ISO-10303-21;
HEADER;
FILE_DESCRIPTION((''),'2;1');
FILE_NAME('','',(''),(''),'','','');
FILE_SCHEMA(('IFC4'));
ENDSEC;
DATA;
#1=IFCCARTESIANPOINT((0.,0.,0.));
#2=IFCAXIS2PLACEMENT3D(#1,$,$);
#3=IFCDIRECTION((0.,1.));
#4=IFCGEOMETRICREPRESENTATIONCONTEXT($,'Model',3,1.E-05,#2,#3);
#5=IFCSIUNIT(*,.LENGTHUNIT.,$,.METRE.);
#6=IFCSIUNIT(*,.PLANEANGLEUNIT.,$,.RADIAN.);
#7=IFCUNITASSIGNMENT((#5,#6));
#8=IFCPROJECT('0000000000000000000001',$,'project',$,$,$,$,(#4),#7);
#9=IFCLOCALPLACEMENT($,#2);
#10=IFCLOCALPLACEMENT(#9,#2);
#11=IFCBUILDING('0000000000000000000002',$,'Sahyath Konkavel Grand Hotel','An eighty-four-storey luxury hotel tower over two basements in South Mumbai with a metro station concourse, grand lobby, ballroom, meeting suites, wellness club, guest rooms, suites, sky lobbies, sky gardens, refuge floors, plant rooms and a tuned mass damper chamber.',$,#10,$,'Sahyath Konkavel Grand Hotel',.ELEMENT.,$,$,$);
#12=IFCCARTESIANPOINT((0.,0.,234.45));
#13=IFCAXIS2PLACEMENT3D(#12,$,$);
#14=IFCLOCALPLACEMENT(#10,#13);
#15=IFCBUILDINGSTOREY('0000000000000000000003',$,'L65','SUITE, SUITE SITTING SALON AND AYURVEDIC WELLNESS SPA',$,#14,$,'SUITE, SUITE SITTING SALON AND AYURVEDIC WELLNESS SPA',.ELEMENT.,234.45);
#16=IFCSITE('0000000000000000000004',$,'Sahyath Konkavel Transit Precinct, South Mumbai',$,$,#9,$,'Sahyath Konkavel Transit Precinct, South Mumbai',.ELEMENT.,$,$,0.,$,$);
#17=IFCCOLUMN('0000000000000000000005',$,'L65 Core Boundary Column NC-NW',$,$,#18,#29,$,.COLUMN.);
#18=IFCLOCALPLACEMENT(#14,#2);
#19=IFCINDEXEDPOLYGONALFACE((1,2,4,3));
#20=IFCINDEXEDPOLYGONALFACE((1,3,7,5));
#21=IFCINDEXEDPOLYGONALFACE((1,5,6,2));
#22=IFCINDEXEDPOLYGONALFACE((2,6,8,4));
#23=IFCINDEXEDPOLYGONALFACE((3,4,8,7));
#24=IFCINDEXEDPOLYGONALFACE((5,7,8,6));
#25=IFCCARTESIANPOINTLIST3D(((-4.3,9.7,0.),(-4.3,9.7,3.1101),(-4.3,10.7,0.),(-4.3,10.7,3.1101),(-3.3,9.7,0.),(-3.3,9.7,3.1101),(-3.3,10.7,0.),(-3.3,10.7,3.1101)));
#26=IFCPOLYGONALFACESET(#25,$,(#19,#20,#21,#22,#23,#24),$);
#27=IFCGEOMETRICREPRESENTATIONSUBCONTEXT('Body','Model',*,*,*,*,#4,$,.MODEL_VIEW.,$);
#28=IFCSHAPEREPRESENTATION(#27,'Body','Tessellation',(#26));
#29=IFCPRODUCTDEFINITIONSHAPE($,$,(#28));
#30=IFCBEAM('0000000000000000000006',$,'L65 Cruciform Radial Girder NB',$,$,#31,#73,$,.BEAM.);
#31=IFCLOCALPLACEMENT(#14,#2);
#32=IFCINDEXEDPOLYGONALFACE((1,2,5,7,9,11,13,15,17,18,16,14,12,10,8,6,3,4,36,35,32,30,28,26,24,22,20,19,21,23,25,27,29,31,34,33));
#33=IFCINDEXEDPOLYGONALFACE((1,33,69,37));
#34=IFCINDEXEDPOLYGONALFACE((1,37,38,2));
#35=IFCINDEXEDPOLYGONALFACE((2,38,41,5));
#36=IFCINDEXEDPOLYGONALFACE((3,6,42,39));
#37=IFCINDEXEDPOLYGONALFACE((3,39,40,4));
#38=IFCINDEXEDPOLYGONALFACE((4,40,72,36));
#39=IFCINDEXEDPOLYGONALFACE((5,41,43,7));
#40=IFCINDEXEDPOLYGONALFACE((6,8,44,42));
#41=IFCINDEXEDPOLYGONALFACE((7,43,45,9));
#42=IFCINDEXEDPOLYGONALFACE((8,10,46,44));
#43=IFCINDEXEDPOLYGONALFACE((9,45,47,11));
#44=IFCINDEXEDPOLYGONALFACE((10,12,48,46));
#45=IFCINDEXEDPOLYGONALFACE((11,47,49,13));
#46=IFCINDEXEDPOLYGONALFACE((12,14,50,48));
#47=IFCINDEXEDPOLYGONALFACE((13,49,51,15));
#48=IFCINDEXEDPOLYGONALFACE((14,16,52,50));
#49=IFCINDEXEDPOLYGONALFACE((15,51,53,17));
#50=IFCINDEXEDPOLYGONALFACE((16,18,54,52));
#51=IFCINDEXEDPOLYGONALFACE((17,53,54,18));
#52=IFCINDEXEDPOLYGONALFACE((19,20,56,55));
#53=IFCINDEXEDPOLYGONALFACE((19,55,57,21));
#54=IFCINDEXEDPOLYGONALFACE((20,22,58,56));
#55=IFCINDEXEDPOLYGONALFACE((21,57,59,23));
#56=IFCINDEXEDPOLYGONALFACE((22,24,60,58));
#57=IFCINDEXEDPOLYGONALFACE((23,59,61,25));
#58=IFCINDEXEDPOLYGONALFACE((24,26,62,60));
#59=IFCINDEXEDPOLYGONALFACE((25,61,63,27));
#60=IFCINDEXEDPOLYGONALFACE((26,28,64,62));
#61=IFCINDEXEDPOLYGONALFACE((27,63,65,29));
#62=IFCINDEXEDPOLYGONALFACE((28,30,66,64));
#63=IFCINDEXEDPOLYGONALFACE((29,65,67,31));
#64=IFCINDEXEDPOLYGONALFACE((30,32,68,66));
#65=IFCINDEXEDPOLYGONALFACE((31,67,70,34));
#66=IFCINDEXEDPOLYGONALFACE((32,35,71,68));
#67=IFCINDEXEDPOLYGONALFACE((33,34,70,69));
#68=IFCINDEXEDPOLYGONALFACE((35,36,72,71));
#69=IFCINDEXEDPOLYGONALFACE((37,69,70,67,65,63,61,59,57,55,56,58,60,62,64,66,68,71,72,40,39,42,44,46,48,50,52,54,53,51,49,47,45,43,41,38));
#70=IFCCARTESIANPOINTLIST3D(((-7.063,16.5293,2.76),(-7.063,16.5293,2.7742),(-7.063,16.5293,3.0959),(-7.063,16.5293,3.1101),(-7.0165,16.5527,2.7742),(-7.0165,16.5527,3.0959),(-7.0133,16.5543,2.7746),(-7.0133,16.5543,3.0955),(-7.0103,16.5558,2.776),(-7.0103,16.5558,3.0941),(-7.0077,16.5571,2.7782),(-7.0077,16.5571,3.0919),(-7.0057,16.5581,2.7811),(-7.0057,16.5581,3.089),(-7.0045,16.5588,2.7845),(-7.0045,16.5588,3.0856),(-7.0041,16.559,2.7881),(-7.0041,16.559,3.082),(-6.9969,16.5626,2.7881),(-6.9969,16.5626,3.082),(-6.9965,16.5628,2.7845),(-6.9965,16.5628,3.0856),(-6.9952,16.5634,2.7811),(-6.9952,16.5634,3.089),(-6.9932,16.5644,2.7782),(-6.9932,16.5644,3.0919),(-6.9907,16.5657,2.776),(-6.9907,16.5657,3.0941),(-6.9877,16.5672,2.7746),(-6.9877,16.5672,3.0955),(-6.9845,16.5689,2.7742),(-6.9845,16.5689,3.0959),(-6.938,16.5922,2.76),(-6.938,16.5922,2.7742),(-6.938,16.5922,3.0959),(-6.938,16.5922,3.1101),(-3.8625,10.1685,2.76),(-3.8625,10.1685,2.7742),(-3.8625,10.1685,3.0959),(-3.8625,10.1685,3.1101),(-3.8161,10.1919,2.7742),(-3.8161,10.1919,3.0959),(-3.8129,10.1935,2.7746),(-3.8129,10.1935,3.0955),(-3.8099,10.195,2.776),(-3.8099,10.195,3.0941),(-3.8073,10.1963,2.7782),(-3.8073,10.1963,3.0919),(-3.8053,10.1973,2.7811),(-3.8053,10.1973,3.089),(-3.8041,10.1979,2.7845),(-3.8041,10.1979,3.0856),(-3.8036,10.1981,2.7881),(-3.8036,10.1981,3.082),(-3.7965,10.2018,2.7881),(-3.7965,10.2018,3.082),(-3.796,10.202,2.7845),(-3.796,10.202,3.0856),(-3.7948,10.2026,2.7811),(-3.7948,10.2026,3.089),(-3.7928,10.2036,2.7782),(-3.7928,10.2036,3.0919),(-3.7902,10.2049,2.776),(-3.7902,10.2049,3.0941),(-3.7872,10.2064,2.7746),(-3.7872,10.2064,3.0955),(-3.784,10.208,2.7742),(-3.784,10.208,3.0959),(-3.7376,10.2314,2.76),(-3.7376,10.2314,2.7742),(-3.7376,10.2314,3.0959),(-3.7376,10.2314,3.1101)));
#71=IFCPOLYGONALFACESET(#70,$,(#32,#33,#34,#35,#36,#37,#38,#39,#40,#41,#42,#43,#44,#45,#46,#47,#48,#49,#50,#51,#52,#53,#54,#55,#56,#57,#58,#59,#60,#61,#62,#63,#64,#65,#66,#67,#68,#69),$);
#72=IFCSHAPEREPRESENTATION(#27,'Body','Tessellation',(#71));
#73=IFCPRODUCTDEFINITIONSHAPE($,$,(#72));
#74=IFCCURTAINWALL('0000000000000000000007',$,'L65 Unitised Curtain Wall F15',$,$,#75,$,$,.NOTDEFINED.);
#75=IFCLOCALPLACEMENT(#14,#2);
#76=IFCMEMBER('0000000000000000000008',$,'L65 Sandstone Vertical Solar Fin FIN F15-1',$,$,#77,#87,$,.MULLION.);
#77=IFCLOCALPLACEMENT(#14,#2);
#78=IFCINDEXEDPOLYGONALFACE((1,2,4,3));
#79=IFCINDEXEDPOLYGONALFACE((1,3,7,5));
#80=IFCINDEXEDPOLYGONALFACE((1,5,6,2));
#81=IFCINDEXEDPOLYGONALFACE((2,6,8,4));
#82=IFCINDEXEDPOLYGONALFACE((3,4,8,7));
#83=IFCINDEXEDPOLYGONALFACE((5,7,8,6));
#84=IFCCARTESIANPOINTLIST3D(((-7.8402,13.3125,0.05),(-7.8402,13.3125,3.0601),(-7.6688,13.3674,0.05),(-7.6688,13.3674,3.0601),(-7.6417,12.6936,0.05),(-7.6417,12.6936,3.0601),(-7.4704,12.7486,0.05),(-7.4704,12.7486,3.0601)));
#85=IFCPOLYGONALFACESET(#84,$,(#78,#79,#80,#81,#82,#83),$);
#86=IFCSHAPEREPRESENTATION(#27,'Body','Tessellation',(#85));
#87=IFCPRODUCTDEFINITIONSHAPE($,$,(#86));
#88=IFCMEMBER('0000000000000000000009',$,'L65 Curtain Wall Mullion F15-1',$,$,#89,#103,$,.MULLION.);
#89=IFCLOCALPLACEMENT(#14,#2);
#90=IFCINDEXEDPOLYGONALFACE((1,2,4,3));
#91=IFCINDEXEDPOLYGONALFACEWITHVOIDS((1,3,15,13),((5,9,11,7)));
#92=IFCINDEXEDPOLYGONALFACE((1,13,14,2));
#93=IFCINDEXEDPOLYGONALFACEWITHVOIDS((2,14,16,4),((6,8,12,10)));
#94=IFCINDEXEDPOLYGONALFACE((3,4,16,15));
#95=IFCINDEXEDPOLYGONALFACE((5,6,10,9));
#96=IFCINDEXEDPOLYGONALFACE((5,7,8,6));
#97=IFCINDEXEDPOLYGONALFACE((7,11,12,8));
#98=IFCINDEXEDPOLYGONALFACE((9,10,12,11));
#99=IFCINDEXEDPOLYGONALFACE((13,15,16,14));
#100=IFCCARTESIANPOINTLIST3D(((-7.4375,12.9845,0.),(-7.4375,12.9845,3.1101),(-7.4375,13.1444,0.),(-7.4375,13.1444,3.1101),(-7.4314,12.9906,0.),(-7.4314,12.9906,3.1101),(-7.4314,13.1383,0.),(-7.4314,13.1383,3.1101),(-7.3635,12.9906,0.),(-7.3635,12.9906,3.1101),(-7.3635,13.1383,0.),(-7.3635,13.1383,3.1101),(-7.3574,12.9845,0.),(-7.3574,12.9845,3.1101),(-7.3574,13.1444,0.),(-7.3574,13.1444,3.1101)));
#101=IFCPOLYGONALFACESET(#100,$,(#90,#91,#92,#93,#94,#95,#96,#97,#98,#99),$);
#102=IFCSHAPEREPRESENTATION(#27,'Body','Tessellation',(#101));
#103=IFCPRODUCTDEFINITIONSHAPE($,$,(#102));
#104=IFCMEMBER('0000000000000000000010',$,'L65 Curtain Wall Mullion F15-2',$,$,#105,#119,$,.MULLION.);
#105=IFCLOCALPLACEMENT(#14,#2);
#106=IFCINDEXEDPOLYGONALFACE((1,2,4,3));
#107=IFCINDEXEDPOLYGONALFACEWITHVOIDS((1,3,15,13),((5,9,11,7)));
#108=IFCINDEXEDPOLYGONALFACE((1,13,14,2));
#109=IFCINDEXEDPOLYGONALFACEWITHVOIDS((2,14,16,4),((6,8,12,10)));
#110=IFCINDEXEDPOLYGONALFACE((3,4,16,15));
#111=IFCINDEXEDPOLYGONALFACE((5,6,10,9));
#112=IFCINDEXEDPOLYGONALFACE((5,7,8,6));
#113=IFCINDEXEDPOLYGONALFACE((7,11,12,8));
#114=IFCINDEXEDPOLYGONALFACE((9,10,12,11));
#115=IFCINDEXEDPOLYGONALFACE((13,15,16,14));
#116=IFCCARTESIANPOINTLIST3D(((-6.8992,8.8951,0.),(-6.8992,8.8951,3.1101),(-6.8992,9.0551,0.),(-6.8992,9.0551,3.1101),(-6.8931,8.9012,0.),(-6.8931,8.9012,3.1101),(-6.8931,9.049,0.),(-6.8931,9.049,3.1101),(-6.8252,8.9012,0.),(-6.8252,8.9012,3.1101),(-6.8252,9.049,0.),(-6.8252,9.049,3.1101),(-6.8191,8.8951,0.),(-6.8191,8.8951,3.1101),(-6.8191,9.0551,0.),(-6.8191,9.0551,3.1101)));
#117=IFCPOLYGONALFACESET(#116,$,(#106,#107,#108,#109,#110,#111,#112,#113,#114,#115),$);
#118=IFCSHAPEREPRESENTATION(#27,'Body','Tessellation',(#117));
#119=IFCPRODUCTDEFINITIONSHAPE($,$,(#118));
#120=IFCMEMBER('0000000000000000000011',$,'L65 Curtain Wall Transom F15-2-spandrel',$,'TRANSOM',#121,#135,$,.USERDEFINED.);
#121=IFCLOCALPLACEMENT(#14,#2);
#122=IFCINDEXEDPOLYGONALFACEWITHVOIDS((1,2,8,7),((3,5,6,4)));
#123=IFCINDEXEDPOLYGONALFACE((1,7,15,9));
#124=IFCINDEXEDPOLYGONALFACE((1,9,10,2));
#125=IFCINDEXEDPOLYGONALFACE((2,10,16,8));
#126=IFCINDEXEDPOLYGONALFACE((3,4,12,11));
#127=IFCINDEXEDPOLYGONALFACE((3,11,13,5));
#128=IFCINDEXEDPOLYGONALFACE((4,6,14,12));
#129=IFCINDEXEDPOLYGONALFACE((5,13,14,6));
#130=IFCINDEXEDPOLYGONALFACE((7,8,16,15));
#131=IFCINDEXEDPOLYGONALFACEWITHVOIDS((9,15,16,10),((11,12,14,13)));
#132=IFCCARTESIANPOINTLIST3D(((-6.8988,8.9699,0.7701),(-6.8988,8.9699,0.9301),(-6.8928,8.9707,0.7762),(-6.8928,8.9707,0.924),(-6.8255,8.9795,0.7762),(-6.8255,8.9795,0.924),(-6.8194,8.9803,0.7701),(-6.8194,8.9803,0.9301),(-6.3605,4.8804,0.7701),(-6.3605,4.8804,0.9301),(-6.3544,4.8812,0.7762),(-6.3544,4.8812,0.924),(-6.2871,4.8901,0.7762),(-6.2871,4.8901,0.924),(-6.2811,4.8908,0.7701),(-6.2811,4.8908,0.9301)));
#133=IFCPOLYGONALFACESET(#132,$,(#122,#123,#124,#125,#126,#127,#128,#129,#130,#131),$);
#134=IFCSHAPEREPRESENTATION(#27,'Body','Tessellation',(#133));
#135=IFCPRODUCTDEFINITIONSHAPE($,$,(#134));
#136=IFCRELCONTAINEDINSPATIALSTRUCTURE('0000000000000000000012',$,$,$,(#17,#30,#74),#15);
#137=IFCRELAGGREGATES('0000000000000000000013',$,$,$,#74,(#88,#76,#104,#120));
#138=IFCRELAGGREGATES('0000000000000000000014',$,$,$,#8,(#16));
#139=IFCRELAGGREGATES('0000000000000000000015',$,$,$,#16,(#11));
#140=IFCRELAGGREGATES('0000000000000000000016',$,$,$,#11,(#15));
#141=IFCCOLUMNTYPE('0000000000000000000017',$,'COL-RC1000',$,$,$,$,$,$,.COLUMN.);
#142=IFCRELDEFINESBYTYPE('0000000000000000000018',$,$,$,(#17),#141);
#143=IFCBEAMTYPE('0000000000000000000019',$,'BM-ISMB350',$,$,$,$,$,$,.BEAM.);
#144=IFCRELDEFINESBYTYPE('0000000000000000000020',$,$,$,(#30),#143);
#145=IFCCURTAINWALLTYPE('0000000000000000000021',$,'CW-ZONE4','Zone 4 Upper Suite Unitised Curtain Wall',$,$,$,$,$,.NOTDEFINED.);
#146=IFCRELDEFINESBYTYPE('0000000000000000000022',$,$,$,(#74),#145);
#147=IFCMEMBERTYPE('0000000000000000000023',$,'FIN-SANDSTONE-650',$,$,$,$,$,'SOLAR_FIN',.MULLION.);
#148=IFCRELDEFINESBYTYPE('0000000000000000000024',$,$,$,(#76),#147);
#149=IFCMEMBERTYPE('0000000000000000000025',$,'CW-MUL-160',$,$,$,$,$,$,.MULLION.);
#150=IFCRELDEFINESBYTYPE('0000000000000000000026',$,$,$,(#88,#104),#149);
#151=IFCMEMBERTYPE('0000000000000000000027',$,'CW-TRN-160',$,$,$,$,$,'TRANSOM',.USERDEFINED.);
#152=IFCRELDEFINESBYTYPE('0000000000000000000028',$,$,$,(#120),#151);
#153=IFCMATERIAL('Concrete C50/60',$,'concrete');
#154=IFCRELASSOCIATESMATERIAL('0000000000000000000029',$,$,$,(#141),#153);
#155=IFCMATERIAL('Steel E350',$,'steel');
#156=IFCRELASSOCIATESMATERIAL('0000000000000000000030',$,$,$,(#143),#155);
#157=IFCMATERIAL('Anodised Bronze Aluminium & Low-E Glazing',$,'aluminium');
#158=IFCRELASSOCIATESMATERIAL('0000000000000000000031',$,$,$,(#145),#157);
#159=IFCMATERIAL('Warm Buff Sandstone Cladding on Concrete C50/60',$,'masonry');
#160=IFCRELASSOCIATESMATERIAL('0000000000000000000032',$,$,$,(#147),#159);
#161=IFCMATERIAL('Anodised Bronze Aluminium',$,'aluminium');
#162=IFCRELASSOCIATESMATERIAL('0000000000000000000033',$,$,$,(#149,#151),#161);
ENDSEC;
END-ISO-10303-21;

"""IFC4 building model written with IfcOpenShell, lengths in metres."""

from ifc_helpers import new_model, si_unit, direction, frame, origin, origin_2d, place, context, subcontext, project, spatial, rectangle, hollow_rectangle, i_section, extrude, source, transform, mapped, material, material_profile, profile_set, type_object, element, aggregate, save


model = new_model("IFC4")

# Units and contexts
model_context = context("Model", 3, precision=1e-05, world=origin(), true_north=direction((0.0, 1.0)))
body_context = subcontext(model_context, "Body", "Model", "MODEL_VIEW")
ifc_project = project(units=[si_unit("LENGTHUNIT", "METRE"), si_unit("PLANEANGLEUNIT", "RADIAN")], contexts=[model_context])

# Site, building, storey
site_placement = place(None, origin())
site = spatial("IfcSite", under=ifc_project, at=site_placement, Name="Sahyath Konkavel Transit Precinct, South Mumbai", LongName="Sahyath Konkavel Transit Precinct, South Mumbai", CompositionType="ELEMENT", RefElevation=0.0)
building_placement = place(site_placement, origin())
building = spatial("IfcBuilding", under=site, at=building_placement, Name="Sahyath Konkavel Grand Hotel", Description="An eighty-four-storey luxury hotel tower over two basements in South Mumbai with a metro station concourse, grand lobby, ballroom, meeting suites, wellness club, guest rooms, suites, sky lobbies, sky gardens, refuge floors, plant rooms and a tuned mass damper chamber.", LongName="Sahyath Konkavel Grand Hotel", CompositionType="ELEMENT")
storey_placement = place(building_placement, frame((0.0, 0.0, 234.45)))
storey = spatial("IfcBuildingStorey", under=building, at=storey_placement, Name="L65", Description="SUITE, SUITE SITTING SALON AND AYURVEDIC WELLNESS SPA", LongName="SUITE, SUITE SITTING SALON AND AYURVEDIC WELLNESS SPA", CompositionType="ELEMENT", Elevation=234.45)

# Column
ifc_material_1 = material(Name="Concrete C50/60", Category="concrete")
ifc_material_profile_1 = material_profile(ifc_material_1, rectangle(XDim=1.0, YDim=1.0, at=origin_2d()), Name="RC 1000x1000")
ifc_profile_set_1 = profile_set([ifc_material_profile_1], Name="Concrete C50/60")
column_type = type_object("IfcColumnType", Name="COL-RC1000", PredefinedType="COLUMN", material=ifc_profile_set_1)
shared_shape_1 = source(origin(), body_context, "Body", "SweptSolid", [
    extrude(rectangle(XDim=1.0, YDim=1.0, at=origin_2d()), origin(), (0.0, 0.0, 1.0), 3.1101),
])
column_placement = place(storey_placement, frame((-3.8, 10.2, 0.0), z_axis=(0.0, 0.0, 1.0), x_axis=(1.0, 0.0, 0.0)))
element("IfcColumn", 1, at=column_placement, inside=storey, type_object=column_type, Name="L65 Core Boundary Column NC-NW", PredefinedType="COLUMN", context=body_context, shape_type="MappedRepresentation", body=[
    mapped(shared_shape_1, transform((0.0, 0.0, 0.0), scale=1.0)),
])

# Beam
ifc_material_2 = material(Name="Steel E350", Category="steel")
ifc_material_profile_2 = material_profile(ifc_material_2, i_section(OverallWidth=0.1399, OverallDepth=0.3501, WebThickness=0.0081, FlangeThickness=0.0142, FilletRadius=0.0139, at=origin_2d()), Name="ISMB 350")
ifc_profile_set_2 = profile_set([ifc_material_profile_2], Name="Steel E350")
beam_type_1 = type_object("IfcBeamType", Name="BM-ISMB350", PredefinedType="BEAM", material=ifc_profile_set_2)
shared_shape_2 = source(origin(), body_context, "Body", "SweptSolid", [
    extrude(i_section(OverallWidth=0.1399, OverallDepth=0.3501, WebThickness=0.0081, FlangeThickness=0.0142, FilletRadius=0.0139, at=origin_2d()), origin(), (0.0, 0.0, 1.0), 7.1206),
])
beam_1_placement = place(storey_placement, frame((-3.8, 10.2, 2.9351), z_axis=(-0.449461, 0.8933, 0.0), x_axis=(-0.8933, -0.449461, 0.0)))
element("IfcBeam", 2, at=beam_1_placement, inside=storey, type_object=beam_type_1, Name="L65 Cruciform Radial Girder NB", PredefinedType="BEAM", context=body_context, shape_type="MappedRepresentation", body=[
    mapped(shared_shape_2, transform((0.0, 0.0, 0.0), scale=1.0)),
])

# Curtain wall, members
ifc_material_3 = material(Name="Anodised Bronze Aluminium & Low-E Glazing", Category="aluminium")
curtain_wall_type = type_object("IfcCurtainWallType", Name="CW-ZONE4", Description="Zone 4 Upper Suite Unitised Curtain Wall", PredefinedType="NOTDEFINED", material=ifc_material_3)
curtain_wall_placement = place(storey_placement, origin())
curtain_wall = element("IfcCurtainWall", 3, at=curtain_wall_placement, inside=storey, type_object=curtain_wall_type, Name="L65 Unitised Curtain Wall F15", PredefinedType="NOTDEFINED")
ifc_material_4 = material(Name="Warm Buff Sandstone Cladding on Concrete C50/60", Category="masonry")
ifc_material_profile_3 = material_profile(ifc_material_4, rectangle(XDim=0.1799, YDim=0.6499, at=origin_2d()), Name="FIN 180x650")
ifc_profile_set_3 = profile_set([ifc_material_profile_3], Name="Warm Buff Sandstone Cladding on Concrete C50/60")
member_type_1 = type_object("IfcMemberType", Name="FIN-SANDSTONE-650", ElementType="SOLAR_FIN", PredefinedType="MULLION", material=ifc_profile_set_3)
shared_shape_3 = source(origin(), body_context, "Body", "SweptSolid", [
    extrude(rectangle(XDim=0.1799, YDim=0.6499, at=origin_2d()), origin(), (0.0, 0.0, 1.0), 3.01),
])
member_1_placement = place(storey_placement, frame((-7.6553, 13.0305, 0.05), z_axis=(0.0, 0.0, 1.0), x_axis=(0.952236, 0.305363, 0.0)))
member_1 = element("IfcMember", 4, at=member_1_placement, type_object=member_type_1, Name="L65 Sandstone Vertical Solar Fin FIN F15-1", PredefinedType="MULLION", context=body_context, shape_type="MappedRepresentation", body=[
    mapped(shared_shape_3, transform((0.0, 0.0, 0.0), scale=1.0)),
])
ifc_material_5 = material(Name="Anodised Bronze Aluminium", Category="aluminium")
ifc_material_profile_4 = material_profile(ifc_material_5, hollow_rectangle(XDim=0.0801, YDim=0.1599, WallThickness=0.0061, at=origin_2d()), Name="RHS 160x80x6")
ifc_profile_set_4 = profile_set([ifc_material_profile_4], Name="Anodised Bronze Aluminium")
member_type_2 = type_object("IfcMemberType", Name="CW-MUL-160", PredefinedType="MULLION", material=ifc_profile_set_4)
shared_shape_4 = source(origin(), body_context, "Body", "SweptSolid", [
    extrude(hollow_rectangle(XDim=0.0801, YDim=0.1599, WallThickness=0.0061, at=origin_2d()), origin(), (0.0, 0.0, 1.0), 3.1101),
])
member_2_placement = place(storey_placement, frame((-7.3975, 13.0645, 0.0), z_axis=(0.0, 0.0, 1.0), x_axis=(1.0, 0.0, 0.0)))
member_2 = element("IfcMember", 5, at=member_2_placement, type_object=member_type_2, Name="L65 Curtain Wall Mullion F15-1", PredefinedType="MULLION", context=body_context, shape_type="MappedRepresentation", body=[
    mapped(shared_shape_4, transform((0.0, 0.0, 0.0), scale=1.0)),
])
member_3_placement = place(storey_placement, frame((-6.8591, 8.9751, 0.0), z_axis=(0.0, 0.0, 1.0), x_axis=(1.0, 0.0, 0.0)))
member_3 = element("IfcMember", 6, at=member_3_placement, type_object=member_type_2, Name="L65 Curtain Wall Mullion F15-2", PredefinedType="MULLION", context=body_context, shape_type="MappedRepresentation", body=[
    mapped(shared_shape_4, transform((0.0, 0.0, 0.0), scale=1.0)),
])
ifc_material_profile_5 = material_profile(ifc_material_5, hollow_rectangle(XDim=0.0801, YDim=0.1599, WallThickness=0.0061, at=origin_2d()), Name="RHS 160x80x6")
ifc_profile_set_5 = profile_set([ifc_material_profile_5], Name="Anodised Bronze Aluminium")
member_type_3 = type_object("IfcMemberType", Name="CW-TRN-160", ElementType="TRANSOM", PredefinedType="USERDEFINED", material=ifc_profile_set_5)
shared_shape_5 = source(origin(), body_context, "Body", "SweptSolid", [
    extrude(hollow_rectangle(XDim=0.0801, YDim=0.1599, WallThickness=0.0061, at=origin_2d()), origin(), (0.0, 0.0, 1.0), 4.1248),
])
member_4_placement = place(storey_placement, frame((-6.8591, 8.9751, 0.8501), z_axis=(0.130516, -0.991446, 0.0), x_axis=(0.991446, 0.130516, 0.0)))
member_4 = element("IfcMember", 7, at=member_4_placement, type_object=member_type_3, Name="L65 Curtain Wall Transom F15-2-spandrel", ObjectType="TRANSOM", PredefinedType="USERDEFINED", context=body_context, shape_type="MappedRepresentation", body=[
    mapped(shared_shape_5, transform((0.0, 0.0, 0.0), scale=1.0)),
])

aggregate(curtain_wall, [member_2, member_1, member_3, member_4])

save(model, "model.ifc")
